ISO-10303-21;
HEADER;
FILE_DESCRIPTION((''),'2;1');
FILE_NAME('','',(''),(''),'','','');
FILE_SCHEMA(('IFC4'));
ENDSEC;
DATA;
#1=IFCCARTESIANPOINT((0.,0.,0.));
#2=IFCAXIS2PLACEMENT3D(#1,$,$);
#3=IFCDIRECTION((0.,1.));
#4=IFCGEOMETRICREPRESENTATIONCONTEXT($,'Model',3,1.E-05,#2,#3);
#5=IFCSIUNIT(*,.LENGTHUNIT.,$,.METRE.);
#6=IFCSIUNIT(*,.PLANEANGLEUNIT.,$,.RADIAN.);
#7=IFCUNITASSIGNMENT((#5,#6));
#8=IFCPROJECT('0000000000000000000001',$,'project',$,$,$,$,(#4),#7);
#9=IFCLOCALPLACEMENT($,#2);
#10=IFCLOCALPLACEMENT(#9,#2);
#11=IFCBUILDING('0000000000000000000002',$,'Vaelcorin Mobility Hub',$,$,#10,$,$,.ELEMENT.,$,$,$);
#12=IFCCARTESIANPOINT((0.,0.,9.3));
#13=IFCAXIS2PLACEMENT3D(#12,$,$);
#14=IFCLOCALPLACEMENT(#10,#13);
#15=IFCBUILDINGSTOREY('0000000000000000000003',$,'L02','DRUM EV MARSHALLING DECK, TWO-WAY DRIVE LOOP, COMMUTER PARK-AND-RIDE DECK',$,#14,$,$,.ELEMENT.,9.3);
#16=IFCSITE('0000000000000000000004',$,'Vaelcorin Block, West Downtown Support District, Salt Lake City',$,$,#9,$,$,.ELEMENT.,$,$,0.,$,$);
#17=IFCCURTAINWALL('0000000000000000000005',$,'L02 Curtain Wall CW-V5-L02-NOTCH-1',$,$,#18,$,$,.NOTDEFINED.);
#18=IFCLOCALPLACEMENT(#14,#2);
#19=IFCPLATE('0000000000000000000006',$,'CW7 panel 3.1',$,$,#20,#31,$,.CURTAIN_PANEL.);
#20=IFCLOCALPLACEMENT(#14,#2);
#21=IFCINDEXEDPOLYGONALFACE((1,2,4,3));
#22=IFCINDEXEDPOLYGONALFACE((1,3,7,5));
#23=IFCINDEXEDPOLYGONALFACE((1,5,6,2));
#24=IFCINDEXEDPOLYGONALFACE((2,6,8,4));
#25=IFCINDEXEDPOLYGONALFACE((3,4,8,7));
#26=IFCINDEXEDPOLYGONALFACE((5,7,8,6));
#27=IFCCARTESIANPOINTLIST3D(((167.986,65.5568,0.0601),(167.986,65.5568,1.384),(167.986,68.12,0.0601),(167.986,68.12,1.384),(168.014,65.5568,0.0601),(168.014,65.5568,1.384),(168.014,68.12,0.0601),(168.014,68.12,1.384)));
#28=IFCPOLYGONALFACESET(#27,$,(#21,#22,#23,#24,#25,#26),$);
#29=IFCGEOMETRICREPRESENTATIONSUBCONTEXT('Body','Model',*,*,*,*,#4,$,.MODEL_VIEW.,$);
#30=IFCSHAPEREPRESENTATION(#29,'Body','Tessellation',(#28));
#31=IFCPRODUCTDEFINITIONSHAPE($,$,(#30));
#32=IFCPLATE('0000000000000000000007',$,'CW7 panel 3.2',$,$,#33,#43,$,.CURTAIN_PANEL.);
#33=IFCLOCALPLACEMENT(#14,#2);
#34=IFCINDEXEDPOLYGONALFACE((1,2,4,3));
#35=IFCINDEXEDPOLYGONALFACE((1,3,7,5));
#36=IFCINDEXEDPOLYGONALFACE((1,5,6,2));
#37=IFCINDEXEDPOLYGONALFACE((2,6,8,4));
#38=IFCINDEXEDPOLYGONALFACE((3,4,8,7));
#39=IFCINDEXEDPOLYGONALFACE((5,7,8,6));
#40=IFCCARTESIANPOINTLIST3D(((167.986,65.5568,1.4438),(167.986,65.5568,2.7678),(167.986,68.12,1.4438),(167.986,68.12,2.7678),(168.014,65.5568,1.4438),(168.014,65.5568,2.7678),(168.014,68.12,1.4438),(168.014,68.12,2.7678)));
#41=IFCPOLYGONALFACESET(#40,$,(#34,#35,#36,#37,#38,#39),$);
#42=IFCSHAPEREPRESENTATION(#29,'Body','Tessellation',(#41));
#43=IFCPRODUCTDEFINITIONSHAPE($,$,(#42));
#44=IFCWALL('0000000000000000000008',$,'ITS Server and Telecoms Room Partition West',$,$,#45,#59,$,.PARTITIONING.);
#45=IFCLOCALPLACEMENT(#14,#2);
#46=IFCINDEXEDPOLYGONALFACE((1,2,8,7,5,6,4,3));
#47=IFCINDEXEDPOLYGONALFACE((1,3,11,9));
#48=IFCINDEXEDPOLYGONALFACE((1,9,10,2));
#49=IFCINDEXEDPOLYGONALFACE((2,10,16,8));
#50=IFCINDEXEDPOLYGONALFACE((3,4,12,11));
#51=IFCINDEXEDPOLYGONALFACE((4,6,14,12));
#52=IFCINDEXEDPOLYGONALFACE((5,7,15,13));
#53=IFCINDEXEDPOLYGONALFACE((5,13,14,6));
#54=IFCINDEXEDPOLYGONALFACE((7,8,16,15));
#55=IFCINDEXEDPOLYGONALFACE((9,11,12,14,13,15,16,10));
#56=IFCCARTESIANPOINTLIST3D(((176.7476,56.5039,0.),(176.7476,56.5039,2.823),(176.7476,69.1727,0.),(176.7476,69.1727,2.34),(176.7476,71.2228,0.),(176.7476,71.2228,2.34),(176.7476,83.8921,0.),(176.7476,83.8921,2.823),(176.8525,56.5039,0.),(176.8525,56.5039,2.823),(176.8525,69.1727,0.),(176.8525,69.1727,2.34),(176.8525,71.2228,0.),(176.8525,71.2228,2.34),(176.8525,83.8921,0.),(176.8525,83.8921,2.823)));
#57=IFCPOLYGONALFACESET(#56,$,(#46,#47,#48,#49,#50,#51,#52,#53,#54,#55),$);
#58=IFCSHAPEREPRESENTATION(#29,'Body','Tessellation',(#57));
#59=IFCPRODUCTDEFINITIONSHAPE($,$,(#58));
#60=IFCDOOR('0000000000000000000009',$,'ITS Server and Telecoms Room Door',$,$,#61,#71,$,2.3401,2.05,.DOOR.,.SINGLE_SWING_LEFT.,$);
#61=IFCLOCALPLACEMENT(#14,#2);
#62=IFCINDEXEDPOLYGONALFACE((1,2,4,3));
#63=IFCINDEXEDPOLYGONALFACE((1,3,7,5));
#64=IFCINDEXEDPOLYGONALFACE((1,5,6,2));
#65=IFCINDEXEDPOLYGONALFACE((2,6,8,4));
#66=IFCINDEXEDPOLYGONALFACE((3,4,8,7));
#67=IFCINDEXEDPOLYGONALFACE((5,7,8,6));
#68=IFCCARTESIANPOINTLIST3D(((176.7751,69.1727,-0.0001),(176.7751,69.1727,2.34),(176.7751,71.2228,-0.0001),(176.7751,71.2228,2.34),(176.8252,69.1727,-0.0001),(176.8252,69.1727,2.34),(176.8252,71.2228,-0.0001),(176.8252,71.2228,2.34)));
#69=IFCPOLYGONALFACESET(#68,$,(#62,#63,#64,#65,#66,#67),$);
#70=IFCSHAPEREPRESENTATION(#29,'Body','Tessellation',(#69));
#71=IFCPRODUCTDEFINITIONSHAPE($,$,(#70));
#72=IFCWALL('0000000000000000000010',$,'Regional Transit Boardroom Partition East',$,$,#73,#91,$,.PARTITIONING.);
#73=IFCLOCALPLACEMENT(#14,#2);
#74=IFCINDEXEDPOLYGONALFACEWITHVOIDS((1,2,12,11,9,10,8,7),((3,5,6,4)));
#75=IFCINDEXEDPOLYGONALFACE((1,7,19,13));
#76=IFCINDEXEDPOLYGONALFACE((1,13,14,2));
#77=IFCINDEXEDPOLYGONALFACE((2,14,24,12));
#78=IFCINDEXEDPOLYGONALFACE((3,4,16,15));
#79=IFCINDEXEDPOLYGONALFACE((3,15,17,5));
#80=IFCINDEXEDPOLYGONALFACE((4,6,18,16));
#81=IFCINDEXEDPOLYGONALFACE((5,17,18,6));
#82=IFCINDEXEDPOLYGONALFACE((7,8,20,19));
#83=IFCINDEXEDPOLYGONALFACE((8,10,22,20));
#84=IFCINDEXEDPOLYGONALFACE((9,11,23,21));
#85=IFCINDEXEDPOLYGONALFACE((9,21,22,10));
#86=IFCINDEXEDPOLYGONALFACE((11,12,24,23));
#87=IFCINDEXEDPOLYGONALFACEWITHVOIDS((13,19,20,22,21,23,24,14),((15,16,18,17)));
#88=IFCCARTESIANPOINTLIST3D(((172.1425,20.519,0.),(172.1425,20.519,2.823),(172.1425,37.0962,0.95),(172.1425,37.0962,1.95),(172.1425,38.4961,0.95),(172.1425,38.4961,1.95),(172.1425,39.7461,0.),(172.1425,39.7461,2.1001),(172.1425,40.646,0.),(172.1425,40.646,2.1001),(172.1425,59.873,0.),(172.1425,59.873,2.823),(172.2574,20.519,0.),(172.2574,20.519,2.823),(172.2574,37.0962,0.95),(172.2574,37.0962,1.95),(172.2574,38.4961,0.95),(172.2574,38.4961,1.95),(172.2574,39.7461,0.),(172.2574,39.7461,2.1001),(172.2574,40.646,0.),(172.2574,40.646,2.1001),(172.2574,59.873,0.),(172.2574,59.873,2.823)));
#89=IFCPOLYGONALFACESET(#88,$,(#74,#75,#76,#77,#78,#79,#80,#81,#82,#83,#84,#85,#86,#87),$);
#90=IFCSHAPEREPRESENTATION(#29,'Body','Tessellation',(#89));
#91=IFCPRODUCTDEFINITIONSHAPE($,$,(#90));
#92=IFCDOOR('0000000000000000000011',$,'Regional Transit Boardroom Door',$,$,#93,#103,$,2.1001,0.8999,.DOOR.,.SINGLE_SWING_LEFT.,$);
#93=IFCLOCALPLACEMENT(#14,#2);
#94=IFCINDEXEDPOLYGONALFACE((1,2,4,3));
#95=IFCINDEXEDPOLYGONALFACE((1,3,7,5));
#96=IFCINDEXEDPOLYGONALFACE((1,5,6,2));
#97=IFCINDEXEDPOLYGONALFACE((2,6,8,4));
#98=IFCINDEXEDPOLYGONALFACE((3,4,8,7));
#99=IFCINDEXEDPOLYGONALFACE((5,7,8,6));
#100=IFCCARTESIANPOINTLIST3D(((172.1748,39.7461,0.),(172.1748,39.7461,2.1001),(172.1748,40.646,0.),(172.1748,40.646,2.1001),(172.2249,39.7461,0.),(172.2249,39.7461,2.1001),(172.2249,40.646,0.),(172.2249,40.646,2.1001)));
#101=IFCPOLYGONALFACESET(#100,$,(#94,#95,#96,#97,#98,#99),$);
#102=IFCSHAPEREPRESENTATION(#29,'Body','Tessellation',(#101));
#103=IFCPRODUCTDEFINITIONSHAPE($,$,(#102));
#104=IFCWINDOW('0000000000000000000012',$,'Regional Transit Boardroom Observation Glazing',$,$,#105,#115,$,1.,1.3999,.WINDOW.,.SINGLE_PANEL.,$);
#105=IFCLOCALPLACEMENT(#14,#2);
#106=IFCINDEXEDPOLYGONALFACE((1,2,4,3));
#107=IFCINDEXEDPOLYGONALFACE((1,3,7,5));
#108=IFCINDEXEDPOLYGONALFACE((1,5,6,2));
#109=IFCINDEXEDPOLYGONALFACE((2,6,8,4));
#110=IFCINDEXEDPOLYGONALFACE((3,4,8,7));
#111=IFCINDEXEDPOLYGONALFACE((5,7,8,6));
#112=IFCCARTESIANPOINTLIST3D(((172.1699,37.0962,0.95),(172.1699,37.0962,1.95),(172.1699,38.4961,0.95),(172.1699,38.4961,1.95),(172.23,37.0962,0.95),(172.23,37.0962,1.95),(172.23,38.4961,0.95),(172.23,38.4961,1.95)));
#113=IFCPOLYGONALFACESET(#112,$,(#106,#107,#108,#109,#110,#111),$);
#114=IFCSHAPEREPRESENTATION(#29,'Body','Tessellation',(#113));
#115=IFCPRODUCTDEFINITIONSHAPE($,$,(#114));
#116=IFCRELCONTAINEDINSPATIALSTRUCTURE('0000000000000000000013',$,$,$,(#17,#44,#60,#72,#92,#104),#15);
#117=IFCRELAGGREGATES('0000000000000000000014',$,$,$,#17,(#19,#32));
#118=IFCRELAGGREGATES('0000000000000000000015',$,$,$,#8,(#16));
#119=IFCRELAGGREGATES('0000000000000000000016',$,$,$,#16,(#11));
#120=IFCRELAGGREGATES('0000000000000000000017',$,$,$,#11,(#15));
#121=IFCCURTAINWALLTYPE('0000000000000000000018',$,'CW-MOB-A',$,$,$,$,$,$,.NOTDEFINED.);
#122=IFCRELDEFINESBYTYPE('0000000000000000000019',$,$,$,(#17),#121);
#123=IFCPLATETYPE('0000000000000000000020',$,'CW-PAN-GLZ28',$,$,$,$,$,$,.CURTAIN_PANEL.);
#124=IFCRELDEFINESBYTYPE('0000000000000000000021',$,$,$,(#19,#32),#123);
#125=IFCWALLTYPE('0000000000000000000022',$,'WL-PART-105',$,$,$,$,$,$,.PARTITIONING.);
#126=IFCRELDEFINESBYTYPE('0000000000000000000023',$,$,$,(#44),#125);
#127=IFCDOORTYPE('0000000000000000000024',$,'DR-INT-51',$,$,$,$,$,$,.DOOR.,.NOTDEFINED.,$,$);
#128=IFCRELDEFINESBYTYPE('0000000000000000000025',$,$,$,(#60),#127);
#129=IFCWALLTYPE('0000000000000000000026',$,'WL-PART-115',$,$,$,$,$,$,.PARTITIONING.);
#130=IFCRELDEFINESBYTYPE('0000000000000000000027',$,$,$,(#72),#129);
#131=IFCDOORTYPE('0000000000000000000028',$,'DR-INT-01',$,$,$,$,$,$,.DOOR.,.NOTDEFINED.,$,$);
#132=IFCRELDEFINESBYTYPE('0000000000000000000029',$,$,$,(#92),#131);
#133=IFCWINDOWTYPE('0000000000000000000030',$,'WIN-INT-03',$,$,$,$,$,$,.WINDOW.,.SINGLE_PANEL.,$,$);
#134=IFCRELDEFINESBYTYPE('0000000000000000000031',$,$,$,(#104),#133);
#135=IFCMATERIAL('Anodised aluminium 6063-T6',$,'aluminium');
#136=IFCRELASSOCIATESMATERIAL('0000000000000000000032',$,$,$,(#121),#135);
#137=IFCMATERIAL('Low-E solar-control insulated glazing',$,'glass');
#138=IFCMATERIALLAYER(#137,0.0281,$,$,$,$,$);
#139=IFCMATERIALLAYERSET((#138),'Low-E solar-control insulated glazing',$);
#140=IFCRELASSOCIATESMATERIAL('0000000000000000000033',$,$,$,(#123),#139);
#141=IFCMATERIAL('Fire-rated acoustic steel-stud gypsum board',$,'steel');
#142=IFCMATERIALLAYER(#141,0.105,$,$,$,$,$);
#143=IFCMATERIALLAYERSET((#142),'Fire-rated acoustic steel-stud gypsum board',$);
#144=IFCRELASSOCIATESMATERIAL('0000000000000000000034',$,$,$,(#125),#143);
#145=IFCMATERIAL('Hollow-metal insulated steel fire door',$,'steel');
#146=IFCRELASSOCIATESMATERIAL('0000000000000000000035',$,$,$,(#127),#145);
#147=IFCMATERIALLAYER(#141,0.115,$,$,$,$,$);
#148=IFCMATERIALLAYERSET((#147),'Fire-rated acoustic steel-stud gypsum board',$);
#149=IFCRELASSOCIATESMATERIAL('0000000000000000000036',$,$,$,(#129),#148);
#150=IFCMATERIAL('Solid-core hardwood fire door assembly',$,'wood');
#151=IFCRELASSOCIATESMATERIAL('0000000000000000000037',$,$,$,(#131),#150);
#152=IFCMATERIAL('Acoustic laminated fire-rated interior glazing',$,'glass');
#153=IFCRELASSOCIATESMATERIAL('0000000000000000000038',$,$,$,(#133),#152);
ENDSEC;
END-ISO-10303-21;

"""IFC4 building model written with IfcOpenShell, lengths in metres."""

from ifc_helpers import new_model, si_unit, direction, frame, frame_2d, origin, origin_2d, place, context, subcontext, project, spatial, rectangle, extrude, material, layer, layer_set, type_object, element, fill, aggregate, save


model = new_model("IFC4")

# Units and contexts
model_context = context("Model", 3, precision=1e-05, world=origin(), true_north=direction((0.0, 1.0)))
body_context = subcontext(model_context, "Body", "Model", "MODEL_VIEW")
ifc_project = project(units=[si_unit("LENGTHUNIT", "METRE"), si_unit("PLANEANGLEUNIT", "RADIAN")], contexts=[model_context])

# Site, building, storey
site_placement = place(None, origin())
site = spatial("IfcSite", under=ifc_project, at=site_placement, Name="Vaelcorin Block, West Downtown Support District, Salt Lake City", CompositionType="ELEMENT", RefElevation=0.0)
building_placement = place(site_placement, origin())
building = spatial("IfcBuilding", under=site, at=building_placement, Name="Vaelcorin Mobility Hub", CompositionType="ELEMENT")
storey_placement = place(building_placement, frame((0.0, 0.0, 9.3)))
storey = spatial("IfcBuildingStorey", under=building, at=storey_placement, Name="L02", Description="DRUM EV MARSHALLING DECK, TWO-WAY DRIVE LOOP, COMMUTER PARK-AND-RIDE DECK", CompositionType="ELEMENT", Elevation=9.3)

# Curtain wall, plates
ifc_material_1 = material(Name="Anodised aluminium 6063-T6", Category="aluminium")
curtain_wall_type = type_object("IfcCurtainWallType", Name="CW-MOB-A", PredefinedType="NOTDEFINED", material=ifc_material_1)
curtain_wall_placement = place(storey_placement, origin())
curtain_wall = element("IfcCurtainWall", 1, at=curtain_wall_placement, inside=storey, type_object=curtain_wall_type, Name="L02 Curtain Wall CW-V5-L02-NOTCH-1", PredefinedType="NOTDEFINED")
ifc_material_2 = material(Name="Low-E solar-control insulated glazing", Category="glass")
ifc_layer_1 = layer(ifc_material_2, 0.0281)
ifc_layer_set_1 = layer_set([ifc_layer_1], Name="Low-E solar-control insulated glazing")
plate_type = type_object("IfcPlateType", Name="CW-PAN-GLZ28", PredefinedType="CURTAIN_PANEL", material=ifc_layer_set_1)
plate_1_placement = place(storey_placement, frame((168.0, 66.8384, 0.0601), z_axis=(0.0, 0.0, 1.0), x_axis=(0.0, 1.0, 0.0)))
plate_1 = element("IfcPlate", 2, at=plate_1_placement, type_object=plate_type, Name="CW7 panel 3.1", PredefinedType="CURTAIN_PANEL", context=body_context, shape_type="SweptSolid", body=[
    extrude(rectangle(XDim=2.5632, YDim=0.0281, at=origin_2d()), origin(), (0.0, 0.0, 1.0), 1.324),
])
plate_2_placement = place(storey_placement, frame((168.0, 66.8384, 1.4438), z_axis=(0.0, 0.0, 1.0), x_axis=(0.0, 1.0, 0.0)))
plate_2 = element("IfcPlate", 3, at=plate_2_placement, type_object=plate_type, Name="CW7 panel 3.2", PredefinedType="CURTAIN_PANEL", context=body_context, shape_type="SweptSolid", body=[
    extrude(rectangle(XDim=2.5632, YDim=0.0281, at=origin_2d()), origin(), (0.0, 0.0, 1.0), 1.324),
])
aggregate(curtain_wall, [plate_1, plate_2])

# Wall, opening, door
ifc_material_3 = material(Name="Fire-rated acoustic steel-stud gypsum board", Category="steel")
ifc_layer_2 = layer(ifc_material_3, 0.105)
ifc_layer_set_2 = layer_set([ifc_layer_2], Name="Fire-rated acoustic steel-stud gypsum board")
wall_type_1 = type_object("IfcWallType", Name="WL-PART-105", PredefinedType="PARTITIONING", material=ifc_layer_set_2)
wall_1_placement = place(storey_placement, frame((176.8, 56.5039, 0.0), z_axis=(0.0, 0.0, 1.0), x_axis=(0.0, 1.0, 0.0)))
wall_1 = element("IfcWall", 4, at=wall_1_placement, inside=storey, type_object=wall_type_1, Name="ITS Server and Telecoms Room Partition West", PredefinedType="PARTITIONING", context=body_context, shape_type="SweptSolid", body=[
    extrude(rectangle(XDim=27.3882, YDim=0.105, at=frame_2d((13.6941, 0.0))), origin(), (0.0, 0.0, 1.0), 2.823),
])
opening_1_placement = place(wall_1_placement, frame((12.6689, 0.0, 0.0)))
opening_1 = element("IfcOpeningElement", 5, at=opening_1_placement, cuts=wall_1, PredefinedType="OPENING", context=body_context, shape_type="SweptSolid", body=[
    extrude(rectangle(XDim=2.05, YDim=2.3401, at=frame_2d((1.0249, 1.1699))), frame((0.0, 0.0625, 0.0), z_axis=(0.0, -1.0, 0.0), x_axis=(1.0, 0.0, 0.0)), (0.0, 0.0, 1.0), 0.125),
])
ifc_material_4 = material(Name="Hollow-metal insulated steel fire door", Category="steel")
door_type_1 = type_object("IfcDoorType", Name="DR-INT-51", OperationType="NOTDEFINED", PredefinedType="DOOR", material=ifc_material_4)
door_1_placement = place(opening_1_placement, origin())
door_1 = element("IfcDoor", 6, at=door_1_placement, inside=storey, type_object=door_type_1, Name="ITS Server and Telecoms Room Door", OperationType="SINGLE_SWING_LEFT", OverallHeight=2.3401, OverallWidth=2.05, PredefinedType="DOOR", context=body_context, shape_type="SweptSolid", body=[
    extrude(rectangle(XDim=2.05, YDim=2.3401, at=frame_2d((1.0249, 1.1699))), frame((0.0, 0.0249, 0.0), z_axis=(0.0, -1.0, 0.0), x_axis=(1.0, 0.0, 0.0)), (0.0, 0.0, 1.0), 0.05),
])
fill(opening_1, door_1)

# Wall, openings, door, window
ifc_layer_3 = layer(ifc_material_3, 0.115)
ifc_layer_set_3 = layer_set([ifc_layer_3], Name="Fire-rated acoustic steel-stud gypsum board")
wall_type_2 = type_object("IfcWallType", Name="WL-PART-115", PredefinedType="PARTITIONING", material=ifc_layer_set_3)
wall_2_placement = place(storey_placement, frame((172.2, 59.873, 0.0), z_axis=(0.0, 0.0, 1.0), x_axis=(0.0, -1.0, 0.0)))
wall_2 = element("IfcWall", 7, at=wall_2_placement, inside=storey, type_object=wall_type_2, Name="Regional Transit Boardroom Partition East", PredefinedType="PARTITIONING", context=body_context, shape_type="SweptSolid", body=[
    extrude(rectangle(XDim=39.354, YDim=0.115, at=frame_2d((19.677, 0.0))), origin(), (0.0, 0.0, 1.0), 2.823),
])
opening_2_placement = place(wall_2_placement, frame((19.2271, 0.0, 0.0)))
opening_2 = element("IfcOpeningElement", 8, at=opening_2_placement, cuts=wall_2, PredefinedType="OPENING", context=body_context, shape_type="SweptSolid", body=[
    extrude(rectangle(XDim=0.8999, YDim=2.1001, at=frame_2d((0.45, 1.05))), frame((0.0, 0.0674, 0.0), z_axis=(0.0, -1.0, 0.0), x_axis=(1.0, 0.0, 0.0)), (0.0, 0.0, 1.0), 0.135),
])
opening_3_placement = place(wall_2_placement, frame((21.377, 0.0, 0.95)))
opening_3 = element("IfcOpeningElement", 9, at=opening_3_placement, cuts=wall_2, PredefinedType="OPENING", context=body_context, shape_type="SweptSolid", body=[
    extrude(rectangle(XDim=1.3999, YDim=1.0, at=frame_2d((0.7, 0.5))), frame((0.0, 0.0674, 0.0), z_axis=(0.0, -1.0, 0.0), x_axis=(1.0, 0.0, 0.0)), (0.0, 0.0, 1.0), 0.135),
])
ifc_material_5 = material(Name="Solid-core hardwood fire door assembly", Category="wood")
door_type_2 = type_object("IfcDoorType", Name="DR-INT-01", OperationType="NOTDEFINED", PredefinedType="DOOR", material=ifc_material_5)
door_2_placement = place(opening_2_placement, origin())
door_2 = element("IfcDoor", 10, at=door_2_placement, inside=storey, type_object=door_type_2, Name="Regional Transit Boardroom Door", OperationType="SINGLE_SWING_LEFT", OverallHeight=2.1001, OverallWidth=0.8999, PredefinedType="DOOR", context=body_context, shape_type="SweptSolid", body=[
    extrude(rectangle(XDim=0.8999, YDim=2.1001, at=frame_2d((0.45, 1.05))), frame((0.0, 0.0249, 0.0), z_axis=(0.0, -1.0, 0.0), x_axis=(1.0, 0.0, 0.0)), (0.0, 0.0, 1.0), 0.05),
])
fill(opening_2, door_2)
ifc_material_6 = material(Name="Acoustic laminated fire-rated interior glazing", Category="glass")
window_type = type_object("IfcWindowType", Name="WIN-INT-03", PartitioningType="SINGLE_PANEL", PredefinedType="WINDOW", material=ifc_material_6)
window_placement = place(opening_3_placement, origin())
window = element("IfcWindow", 11, at=window_placement, inside=storey, type_object=window_type, Name="Regional Transit Boardroom Observation Glazing", OverallHeight=1.0, OverallWidth=1.3999, PartitioningType="SINGLE_PANEL", PredefinedType="WINDOW", context=body_context, shape_type="SweptSolid", body=[
    extrude(rectangle(XDim=1.3999, YDim=1.0, at=frame_2d((0.7, 0.5))), frame((0.0, 0.03, 0.0), z_axis=(0.0, -1.0, 0.0), x_axis=(1.0, 0.0, 0.0)), (0.0, 0.0, 1.0), 0.0601),
])
fill(opening_3, window)

save(model, "model.ifc")
